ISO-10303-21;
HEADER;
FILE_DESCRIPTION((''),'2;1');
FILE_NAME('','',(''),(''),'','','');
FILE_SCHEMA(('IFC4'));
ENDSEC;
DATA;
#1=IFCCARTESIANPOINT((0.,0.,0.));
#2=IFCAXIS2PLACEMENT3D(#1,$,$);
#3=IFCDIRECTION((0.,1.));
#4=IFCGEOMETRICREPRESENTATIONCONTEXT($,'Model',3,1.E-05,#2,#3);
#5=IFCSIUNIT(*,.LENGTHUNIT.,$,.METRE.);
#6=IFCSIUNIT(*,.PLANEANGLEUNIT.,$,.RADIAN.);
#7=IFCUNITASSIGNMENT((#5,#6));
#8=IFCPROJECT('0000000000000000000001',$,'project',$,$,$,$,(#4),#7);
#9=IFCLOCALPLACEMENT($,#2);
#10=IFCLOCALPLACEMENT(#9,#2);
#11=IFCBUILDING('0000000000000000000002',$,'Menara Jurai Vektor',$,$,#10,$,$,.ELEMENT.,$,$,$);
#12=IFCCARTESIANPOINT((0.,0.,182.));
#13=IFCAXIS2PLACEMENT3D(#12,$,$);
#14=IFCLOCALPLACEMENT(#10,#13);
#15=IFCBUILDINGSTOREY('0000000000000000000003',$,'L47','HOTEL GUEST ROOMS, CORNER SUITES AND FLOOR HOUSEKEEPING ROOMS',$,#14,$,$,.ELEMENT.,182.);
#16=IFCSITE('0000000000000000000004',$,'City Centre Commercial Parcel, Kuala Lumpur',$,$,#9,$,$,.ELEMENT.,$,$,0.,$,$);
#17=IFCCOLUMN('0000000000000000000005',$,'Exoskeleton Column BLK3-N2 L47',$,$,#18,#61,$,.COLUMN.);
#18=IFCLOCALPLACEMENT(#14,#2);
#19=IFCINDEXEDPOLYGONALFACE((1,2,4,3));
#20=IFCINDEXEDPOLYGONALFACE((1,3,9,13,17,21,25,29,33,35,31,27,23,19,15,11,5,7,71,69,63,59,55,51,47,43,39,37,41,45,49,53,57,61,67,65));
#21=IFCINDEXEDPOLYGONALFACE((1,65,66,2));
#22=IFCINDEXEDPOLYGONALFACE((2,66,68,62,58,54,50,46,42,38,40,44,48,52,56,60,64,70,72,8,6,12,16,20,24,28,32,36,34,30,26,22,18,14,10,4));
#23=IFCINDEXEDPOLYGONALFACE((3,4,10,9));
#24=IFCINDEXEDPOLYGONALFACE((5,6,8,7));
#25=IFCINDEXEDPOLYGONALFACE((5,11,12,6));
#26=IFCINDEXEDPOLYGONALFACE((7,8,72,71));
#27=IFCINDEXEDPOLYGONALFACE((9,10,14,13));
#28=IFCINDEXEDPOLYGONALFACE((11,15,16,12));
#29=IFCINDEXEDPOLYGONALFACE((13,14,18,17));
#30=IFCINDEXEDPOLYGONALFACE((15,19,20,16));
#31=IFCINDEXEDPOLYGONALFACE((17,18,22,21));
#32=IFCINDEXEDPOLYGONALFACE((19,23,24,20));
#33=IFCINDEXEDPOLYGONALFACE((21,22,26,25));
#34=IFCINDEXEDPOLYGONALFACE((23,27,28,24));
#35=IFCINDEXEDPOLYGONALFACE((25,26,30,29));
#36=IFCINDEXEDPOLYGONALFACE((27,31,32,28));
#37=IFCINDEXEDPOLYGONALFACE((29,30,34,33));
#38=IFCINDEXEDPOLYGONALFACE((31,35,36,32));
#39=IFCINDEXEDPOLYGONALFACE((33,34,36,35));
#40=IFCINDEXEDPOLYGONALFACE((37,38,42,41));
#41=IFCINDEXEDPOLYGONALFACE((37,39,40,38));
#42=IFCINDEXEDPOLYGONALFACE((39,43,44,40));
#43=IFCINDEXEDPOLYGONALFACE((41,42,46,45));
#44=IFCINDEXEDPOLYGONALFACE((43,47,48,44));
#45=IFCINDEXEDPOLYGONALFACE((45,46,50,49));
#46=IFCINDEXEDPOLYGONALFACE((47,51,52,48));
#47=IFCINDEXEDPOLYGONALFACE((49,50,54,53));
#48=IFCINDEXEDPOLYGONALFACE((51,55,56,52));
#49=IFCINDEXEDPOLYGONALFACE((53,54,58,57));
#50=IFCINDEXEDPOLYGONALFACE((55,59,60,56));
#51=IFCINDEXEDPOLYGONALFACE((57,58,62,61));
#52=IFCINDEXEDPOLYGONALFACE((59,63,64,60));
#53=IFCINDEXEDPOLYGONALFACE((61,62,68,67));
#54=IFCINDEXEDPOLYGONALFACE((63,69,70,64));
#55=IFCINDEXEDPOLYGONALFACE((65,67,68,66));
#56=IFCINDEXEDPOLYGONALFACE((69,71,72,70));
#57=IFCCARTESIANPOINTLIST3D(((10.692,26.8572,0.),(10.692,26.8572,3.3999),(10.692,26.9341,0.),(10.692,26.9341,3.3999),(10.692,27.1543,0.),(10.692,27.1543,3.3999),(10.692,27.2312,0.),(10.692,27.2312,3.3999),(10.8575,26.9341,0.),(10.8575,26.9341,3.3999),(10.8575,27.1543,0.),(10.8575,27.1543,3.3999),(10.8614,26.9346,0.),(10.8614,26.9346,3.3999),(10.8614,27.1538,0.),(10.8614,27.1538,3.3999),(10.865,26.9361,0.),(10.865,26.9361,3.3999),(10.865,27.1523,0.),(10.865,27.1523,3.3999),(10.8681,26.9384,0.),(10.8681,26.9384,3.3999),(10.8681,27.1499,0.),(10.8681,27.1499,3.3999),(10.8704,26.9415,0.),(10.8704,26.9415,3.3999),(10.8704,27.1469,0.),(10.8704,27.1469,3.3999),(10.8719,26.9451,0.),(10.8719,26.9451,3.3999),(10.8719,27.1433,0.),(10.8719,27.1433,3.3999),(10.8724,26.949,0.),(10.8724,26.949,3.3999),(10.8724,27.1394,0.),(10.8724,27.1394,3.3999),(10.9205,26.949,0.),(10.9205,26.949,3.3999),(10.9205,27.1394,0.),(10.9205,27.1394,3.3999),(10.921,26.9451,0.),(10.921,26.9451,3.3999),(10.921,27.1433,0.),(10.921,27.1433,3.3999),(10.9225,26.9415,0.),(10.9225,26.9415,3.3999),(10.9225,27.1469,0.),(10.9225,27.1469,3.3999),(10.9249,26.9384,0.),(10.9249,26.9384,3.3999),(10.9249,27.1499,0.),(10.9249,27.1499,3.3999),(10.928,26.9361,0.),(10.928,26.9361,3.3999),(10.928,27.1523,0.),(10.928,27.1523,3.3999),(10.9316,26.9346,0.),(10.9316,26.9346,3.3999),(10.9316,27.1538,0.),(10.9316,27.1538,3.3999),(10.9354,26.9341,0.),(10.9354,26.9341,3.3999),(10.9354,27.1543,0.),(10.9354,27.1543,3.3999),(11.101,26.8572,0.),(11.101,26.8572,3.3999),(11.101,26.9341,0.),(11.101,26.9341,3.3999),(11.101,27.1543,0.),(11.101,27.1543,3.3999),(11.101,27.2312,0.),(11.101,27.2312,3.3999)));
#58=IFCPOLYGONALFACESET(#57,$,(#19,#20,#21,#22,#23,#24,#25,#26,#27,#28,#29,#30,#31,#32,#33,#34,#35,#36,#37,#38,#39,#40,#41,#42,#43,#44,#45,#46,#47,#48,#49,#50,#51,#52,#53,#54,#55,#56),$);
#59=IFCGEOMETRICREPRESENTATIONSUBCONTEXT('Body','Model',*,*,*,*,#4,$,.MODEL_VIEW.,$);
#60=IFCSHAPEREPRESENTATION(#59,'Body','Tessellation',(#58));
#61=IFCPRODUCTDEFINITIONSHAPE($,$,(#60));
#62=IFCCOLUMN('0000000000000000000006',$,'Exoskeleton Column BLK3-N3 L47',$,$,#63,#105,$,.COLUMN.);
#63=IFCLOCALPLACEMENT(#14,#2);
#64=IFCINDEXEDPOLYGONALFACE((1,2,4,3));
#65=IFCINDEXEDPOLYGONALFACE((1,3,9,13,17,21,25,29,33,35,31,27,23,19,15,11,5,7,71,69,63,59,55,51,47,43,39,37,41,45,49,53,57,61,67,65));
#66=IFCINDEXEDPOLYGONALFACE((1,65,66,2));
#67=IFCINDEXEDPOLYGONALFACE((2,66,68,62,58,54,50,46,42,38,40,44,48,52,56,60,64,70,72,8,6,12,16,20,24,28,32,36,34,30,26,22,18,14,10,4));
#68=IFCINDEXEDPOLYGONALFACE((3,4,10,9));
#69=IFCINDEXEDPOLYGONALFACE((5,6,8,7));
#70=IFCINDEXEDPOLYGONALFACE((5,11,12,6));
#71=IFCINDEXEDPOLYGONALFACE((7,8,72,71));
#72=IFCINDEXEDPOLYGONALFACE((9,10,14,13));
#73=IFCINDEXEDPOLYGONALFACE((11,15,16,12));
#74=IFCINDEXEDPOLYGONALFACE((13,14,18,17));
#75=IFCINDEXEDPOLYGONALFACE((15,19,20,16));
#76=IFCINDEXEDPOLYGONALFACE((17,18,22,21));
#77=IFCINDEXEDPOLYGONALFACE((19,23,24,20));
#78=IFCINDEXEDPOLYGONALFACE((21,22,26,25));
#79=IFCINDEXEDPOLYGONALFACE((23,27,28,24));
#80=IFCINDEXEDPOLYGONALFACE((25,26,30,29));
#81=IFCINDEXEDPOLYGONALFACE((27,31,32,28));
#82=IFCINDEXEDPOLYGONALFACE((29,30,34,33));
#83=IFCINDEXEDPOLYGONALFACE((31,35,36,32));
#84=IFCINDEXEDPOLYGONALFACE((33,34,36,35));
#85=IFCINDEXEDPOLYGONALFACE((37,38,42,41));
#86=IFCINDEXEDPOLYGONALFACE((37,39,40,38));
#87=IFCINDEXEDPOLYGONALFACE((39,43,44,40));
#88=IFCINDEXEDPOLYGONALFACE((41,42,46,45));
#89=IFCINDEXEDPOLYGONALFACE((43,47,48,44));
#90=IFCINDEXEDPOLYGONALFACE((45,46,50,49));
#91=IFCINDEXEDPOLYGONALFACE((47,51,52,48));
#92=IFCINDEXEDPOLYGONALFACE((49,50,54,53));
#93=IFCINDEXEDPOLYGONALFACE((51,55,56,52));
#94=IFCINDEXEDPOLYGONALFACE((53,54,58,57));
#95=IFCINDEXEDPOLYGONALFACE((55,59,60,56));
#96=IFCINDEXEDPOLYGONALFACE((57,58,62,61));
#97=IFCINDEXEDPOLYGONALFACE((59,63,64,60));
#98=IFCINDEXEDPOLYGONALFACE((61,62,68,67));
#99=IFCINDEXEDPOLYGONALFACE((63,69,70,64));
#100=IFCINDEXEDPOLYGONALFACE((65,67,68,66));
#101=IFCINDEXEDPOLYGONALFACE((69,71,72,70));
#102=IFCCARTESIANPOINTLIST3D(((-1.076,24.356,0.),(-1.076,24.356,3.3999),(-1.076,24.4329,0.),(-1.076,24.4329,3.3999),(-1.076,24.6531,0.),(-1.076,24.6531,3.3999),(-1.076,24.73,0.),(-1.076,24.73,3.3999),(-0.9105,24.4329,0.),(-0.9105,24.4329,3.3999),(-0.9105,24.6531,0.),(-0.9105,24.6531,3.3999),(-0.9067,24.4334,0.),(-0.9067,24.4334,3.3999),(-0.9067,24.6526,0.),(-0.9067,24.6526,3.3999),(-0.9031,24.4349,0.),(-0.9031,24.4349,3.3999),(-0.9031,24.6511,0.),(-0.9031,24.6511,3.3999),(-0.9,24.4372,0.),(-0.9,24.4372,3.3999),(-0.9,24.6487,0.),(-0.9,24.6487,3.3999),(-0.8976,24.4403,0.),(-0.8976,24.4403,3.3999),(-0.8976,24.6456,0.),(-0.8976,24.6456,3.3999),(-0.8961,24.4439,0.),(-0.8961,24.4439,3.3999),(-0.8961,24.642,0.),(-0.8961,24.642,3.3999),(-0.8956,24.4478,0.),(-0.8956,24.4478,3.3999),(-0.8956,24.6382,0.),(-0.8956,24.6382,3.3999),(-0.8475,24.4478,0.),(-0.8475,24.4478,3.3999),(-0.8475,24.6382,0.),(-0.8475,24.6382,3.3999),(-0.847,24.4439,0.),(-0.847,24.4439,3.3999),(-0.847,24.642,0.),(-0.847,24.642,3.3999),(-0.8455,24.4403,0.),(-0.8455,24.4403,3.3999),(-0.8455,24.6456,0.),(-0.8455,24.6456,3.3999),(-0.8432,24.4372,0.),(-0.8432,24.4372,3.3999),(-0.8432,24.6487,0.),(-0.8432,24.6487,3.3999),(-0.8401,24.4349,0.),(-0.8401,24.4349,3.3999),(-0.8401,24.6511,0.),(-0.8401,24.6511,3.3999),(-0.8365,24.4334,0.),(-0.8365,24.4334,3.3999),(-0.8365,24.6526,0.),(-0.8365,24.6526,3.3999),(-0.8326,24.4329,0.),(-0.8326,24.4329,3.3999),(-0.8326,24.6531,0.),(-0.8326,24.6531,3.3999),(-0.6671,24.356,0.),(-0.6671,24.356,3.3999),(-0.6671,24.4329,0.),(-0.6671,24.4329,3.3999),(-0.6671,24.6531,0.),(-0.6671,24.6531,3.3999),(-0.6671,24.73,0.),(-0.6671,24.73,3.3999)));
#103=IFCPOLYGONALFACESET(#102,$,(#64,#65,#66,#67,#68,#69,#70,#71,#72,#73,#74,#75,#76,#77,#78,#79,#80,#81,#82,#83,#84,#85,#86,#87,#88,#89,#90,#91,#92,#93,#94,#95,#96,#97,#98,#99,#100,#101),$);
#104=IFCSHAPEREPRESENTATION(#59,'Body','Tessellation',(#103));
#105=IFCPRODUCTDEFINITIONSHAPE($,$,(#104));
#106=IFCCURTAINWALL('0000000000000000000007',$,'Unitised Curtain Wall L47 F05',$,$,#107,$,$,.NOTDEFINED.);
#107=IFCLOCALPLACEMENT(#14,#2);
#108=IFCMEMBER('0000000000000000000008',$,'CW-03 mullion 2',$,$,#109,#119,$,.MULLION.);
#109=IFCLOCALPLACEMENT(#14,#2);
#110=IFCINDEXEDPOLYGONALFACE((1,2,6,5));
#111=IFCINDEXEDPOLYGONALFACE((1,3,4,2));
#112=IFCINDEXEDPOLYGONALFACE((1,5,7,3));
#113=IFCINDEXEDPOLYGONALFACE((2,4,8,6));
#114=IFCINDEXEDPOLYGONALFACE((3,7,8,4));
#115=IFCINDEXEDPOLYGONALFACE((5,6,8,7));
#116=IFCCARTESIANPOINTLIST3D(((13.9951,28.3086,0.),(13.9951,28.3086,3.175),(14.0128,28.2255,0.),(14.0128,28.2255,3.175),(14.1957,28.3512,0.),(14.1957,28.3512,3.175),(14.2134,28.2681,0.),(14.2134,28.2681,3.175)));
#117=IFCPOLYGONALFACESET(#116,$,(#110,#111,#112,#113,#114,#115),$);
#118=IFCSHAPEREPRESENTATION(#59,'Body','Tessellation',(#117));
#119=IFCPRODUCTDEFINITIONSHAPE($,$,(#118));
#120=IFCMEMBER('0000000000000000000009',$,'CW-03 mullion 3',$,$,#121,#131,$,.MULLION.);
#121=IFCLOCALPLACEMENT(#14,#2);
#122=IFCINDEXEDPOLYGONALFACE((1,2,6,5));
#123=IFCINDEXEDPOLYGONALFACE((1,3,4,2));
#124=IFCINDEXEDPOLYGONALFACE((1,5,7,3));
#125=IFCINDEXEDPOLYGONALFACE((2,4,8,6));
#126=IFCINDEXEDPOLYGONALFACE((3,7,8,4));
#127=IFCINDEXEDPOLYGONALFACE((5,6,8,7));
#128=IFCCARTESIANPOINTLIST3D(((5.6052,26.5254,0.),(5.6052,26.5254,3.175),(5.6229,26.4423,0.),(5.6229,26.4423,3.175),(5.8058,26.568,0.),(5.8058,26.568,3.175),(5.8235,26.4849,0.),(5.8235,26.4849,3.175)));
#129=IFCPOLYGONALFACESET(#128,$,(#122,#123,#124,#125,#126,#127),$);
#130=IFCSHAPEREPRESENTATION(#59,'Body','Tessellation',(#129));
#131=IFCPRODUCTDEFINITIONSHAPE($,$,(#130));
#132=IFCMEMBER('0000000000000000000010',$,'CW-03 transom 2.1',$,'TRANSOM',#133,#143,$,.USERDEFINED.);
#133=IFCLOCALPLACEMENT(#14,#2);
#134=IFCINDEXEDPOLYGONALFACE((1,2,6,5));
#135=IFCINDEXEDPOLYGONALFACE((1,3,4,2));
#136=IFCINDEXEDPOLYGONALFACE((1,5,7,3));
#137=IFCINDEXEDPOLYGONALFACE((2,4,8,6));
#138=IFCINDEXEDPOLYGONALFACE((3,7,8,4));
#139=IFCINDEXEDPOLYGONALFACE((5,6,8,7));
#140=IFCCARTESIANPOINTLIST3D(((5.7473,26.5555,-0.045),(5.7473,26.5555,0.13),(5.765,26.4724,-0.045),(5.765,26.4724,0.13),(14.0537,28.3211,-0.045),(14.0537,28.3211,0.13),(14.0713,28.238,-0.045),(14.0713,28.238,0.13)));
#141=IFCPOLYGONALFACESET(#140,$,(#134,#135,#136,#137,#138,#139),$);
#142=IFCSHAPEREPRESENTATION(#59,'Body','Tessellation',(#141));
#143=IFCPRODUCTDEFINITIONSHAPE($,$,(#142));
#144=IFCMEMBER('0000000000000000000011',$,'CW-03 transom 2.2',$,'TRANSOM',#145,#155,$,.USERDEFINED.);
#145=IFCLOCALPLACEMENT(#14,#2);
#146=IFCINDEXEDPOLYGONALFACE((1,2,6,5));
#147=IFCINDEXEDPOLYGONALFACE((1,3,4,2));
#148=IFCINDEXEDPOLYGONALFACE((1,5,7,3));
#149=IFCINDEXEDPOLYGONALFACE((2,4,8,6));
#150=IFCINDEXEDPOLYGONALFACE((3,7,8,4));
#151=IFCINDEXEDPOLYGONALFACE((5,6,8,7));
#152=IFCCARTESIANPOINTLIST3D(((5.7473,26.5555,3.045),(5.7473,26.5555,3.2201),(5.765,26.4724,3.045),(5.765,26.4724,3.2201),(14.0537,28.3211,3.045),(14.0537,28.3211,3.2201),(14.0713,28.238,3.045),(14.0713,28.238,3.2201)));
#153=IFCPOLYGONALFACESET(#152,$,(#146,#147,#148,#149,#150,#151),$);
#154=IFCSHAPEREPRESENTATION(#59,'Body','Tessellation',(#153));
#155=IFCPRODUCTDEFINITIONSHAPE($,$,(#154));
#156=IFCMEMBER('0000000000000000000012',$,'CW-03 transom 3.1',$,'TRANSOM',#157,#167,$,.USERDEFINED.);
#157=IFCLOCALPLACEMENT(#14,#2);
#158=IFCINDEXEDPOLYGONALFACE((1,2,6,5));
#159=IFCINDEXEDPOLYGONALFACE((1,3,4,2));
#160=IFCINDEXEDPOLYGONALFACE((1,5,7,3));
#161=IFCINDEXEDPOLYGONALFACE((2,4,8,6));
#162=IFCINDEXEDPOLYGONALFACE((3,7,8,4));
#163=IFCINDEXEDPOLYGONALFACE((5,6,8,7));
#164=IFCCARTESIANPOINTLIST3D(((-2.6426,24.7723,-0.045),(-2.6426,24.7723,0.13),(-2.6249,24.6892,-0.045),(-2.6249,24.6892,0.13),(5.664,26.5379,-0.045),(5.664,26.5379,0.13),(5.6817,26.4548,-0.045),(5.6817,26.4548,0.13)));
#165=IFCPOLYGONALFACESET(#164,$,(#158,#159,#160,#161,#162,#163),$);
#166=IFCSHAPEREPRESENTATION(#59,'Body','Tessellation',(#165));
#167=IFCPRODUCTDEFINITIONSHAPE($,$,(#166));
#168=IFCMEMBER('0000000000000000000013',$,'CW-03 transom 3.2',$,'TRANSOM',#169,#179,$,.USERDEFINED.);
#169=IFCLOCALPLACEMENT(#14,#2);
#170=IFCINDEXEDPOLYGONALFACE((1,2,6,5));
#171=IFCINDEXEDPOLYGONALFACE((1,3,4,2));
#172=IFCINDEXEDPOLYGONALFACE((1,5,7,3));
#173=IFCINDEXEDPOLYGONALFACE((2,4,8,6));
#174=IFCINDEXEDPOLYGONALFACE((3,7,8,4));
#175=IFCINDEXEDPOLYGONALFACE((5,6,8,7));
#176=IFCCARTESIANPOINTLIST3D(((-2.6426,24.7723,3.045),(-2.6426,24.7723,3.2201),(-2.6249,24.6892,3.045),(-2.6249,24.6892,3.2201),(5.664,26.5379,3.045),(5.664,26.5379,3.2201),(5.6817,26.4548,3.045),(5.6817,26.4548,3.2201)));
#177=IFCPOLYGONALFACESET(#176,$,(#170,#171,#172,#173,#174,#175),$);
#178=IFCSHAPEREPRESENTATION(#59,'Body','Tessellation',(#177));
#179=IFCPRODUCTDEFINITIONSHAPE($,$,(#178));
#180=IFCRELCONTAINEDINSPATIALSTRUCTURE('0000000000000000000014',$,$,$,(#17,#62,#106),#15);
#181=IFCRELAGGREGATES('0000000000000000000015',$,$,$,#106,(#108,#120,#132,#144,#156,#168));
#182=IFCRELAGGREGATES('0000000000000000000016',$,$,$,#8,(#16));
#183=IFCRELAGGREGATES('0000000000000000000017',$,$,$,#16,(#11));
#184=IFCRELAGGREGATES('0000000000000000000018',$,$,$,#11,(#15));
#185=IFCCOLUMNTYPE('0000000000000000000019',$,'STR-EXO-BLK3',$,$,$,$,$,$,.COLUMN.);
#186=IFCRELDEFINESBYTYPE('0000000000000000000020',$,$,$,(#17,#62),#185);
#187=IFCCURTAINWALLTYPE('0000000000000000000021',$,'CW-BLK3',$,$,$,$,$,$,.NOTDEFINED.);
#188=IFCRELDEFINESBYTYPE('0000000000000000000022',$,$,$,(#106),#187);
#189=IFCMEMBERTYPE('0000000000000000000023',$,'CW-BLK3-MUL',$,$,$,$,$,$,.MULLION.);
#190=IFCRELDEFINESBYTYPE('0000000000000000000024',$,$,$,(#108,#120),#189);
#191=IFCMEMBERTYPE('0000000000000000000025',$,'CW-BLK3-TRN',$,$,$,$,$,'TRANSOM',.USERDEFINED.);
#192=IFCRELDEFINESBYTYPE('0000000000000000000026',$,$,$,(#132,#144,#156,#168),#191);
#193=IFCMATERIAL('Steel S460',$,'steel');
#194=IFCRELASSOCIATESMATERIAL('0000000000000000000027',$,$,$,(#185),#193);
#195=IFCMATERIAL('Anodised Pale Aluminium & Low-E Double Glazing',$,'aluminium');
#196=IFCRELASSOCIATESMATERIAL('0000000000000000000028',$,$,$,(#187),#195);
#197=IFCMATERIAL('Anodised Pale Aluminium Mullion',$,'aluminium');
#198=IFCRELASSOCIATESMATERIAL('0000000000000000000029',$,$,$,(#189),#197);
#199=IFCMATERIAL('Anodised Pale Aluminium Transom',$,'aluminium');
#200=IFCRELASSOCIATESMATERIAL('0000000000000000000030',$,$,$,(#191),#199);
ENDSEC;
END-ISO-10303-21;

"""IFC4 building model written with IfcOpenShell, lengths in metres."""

from ifc_helpers import new_model, si_unit, direction, frame, origin, origin_2d, place, context, subcontext, project, spatial, rectangle, i_section, extrude, material, material_profile, profile_set, type_object, element, aggregate, save


model = new_model("IFC4")

# Units and contexts
model_context = context("Model", 3, precision=1e-05, world=origin(), true_north=direction((0.0, 1.0)))
body_context = subcontext(model_context, "Body", "Model", "MODEL_VIEW")
ifc_project = project(units=[si_unit("LENGTHUNIT", "METRE"), si_unit("PLANEANGLEUNIT", "RADIAN")], contexts=[model_context])

# Site, building, storey
site_placement = place(None, origin())
site = spatial("IfcSite", under=ifc_project, at=site_placement, Name="City Centre Commercial Parcel, Kuala Lumpur", CompositionType="ELEMENT", RefElevation=0.0)
building_placement = place(site_placement, origin())
building = spatial("IfcBuilding", under=site, at=building_placement, Name="Menara Jurai Vektor", CompositionType="ELEMENT")
storey_placement = place(building_placement, frame((0.0, 0.0, 182.0)))
storey = spatial("IfcBuildingStorey", under=building, at=storey_placement, Name="L47", Description="HOTEL GUEST ROOMS, CORNER SUITES AND FLOOR HOUSEKEEPING ROOMS", CompositionType="ELEMENT", Elevation=182.0)

# Columns
ifc_material_1 = material(Name="Steel S460", Category="steel")
ifc_material_profile_1 = material_profile(ifc_material_1, i_section(OverallWidth=0.4089, OverallDepth=0.374, WebThickness=0.0481, FlangeThickness=0.0769, FilletRadius=0.0149, at=origin_2d()), Name="HD 400x634")
ifc_profile_set_1 = profile_set([ifc_material_profile_1], Name="Steel S460")
column_type = type_object("IfcColumnType", Name="STR-EXO-BLK3", PredefinedType="COLUMN", material=ifc_profile_set_1)
for number, where, z_axis, x_axis, name in (
    (1, (10.8965, 27.0442, 0.0), (0.0, 0.0, 1.0), (1.0, 0.0, 0.0), "Exoskeleton Column BLK3-N2 L47"),
    (2, (-0.8716, 24.543, 0.0), (0.0, 0.0, 1.0), (1.0, 0.0, 0.0), "Exoskeleton Column BLK3-N3 L47"),
):
    element("IfcColumn", number, at=place(storey_placement, frame(where, z_axis=z_axis, x_axis=x_axis)), inside=storey, type_object=column_type, Name=name, PredefinedType="COLUMN", context=body_context, shape_type="SweptSolid", body=[
        extrude(i_section(OverallWidth=0.4089, OverallDepth=0.374, WebThickness=0.0481, FlangeThickness=0.0769, FilletRadius=0.0149, at=origin_2d()), origin(), (0.0, 0.0, 1.0), 3.3999),
    ])

# Curtain wall, members
ifc_material_2 = material(Name="Anodised Pale Aluminium & Low-E Double Glazing", Category="aluminium")
curtain_wall_type = type_object("IfcCurtainWallType", Name="CW-BLK3", PredefinedType="NOTDEFINED", material=ifc_material_2)
curtain_wall_placement = place(storey_placement, origin())
curtain_wall = element("IfcCurtainWall", 3, at=curtain_wall_placement, inside=storey, type_object=curtain_wall_type, Name="Unitised Curtain Wall L47 F05", PredefinedType="NOTDEFINED")
ifc_material_3 = material(Name="Anodised Pale Aluminium Mullion", Category="aluminium")
ifc_material_profile_2 = material_profile(ifc_material_3, rectangle(XDim=0.085, YDim=0.2051, at=origin_2d()), Name="ALU MUL 85x205")
ifc_profile_set_2 = profile_set([ifc_material_profile_2], Name="Anodised Pale Aluminium Mullion")
member_type_1 = type_object("IfcMemberType", Name="CW-BLK3-MUL", PredefinedType="MULLION", material=ifc_profile_set_2)
member_1_placement = place(storey_placement, frame((14.1042, 28.2883, 0.0), z_axis=(0.0, 0.0, 1.0), x_axis=(0.207911, -0.978148, 0.0)))
member_1 = element("IfcMember", 4, at=member_1_placement, type_object=member_type_1, Name="CW-03 mullion 2", PredefinedType="MULLION", context=body_context, shape_type="SweptSolid", body=[
    extrude(rectangle(XDim=0.085, YDim=0.2051, at=origin_2d()), origin(), (0.0, 0.0, 1.0), 3.175),
])
member_2_placement = place(storey_placement, frame((5.7144, 26.5051, 0.0), z_axis=(0.0, 0.0, 1.0), x_axis=(0.207911, -0.978148, 0.0)))
member_2 = element("IfcMember", 5, at=member_2_placement, type_object=member_type_1, Name="CW-03 mullion 3", PredefinedType="MULLION", context=body_context, shape_type="SweptSolid", body=[
    extrude(rectangle(XDim=0.085, YDim=0.2051, at=origin_2d()), origin(), (0.0, 0.0, 1.0), 3.175),
])
ifc_material_4 = material(Name="Anodised Pale Aluminium Transom", Category="aluminium")
ifc_material_profile_3 = material_profile(ifc_material_4, rectangle(XDim=0.085, YDim=0.175, at=origin_2d()), Name="ALU TRN 85x175")
ifc_profile_set_3 = profile_set([ifc_material_profile_3], Name="Anodised Pale Aluminium Transom")
member_type_2 = type_object("IfcMemberType", Name="CW-BLK3-TRN", ElementType="TRANSOM", PredefinedType="USERDEFINED", material=ifc_profile_set_3)
member_3_placement = place(storey_placement, frame((14.0625, 28.2795, 0.0425), z_axis=(-0.978147, -0.207917, 0.0), x_axis=(0.207917, -0.978147, 0.0)))
member_3 = element("IfcMember", 6, at=member_3_placement, type_object=member_type_2, Name="CW-03 transom 2.1", ObjectType="TRANSOM", PredefinedType="USERDEFINED", context=body_context, shape_type="SweptSolid", body=[
    extrude(rectangle(XDim=0.085, YDim=0.175, at=origin_2d()), origin(), (0.0, 0.0, 1.0), 8.4919),
])
member_4_placement = place(storey_placement, frame((14.0625, 28.2795, 3.1326), z_axis=(-0.978147, -0.207917, 0.0), x_axis=(0.207917, -0.978147, 0.0)))
member_4 = element("IfcMember", 7, at=member_4_placement, type_object=member_type_2, Name="CW-03 transom 2.2", ObjectType="TRANSOM", PredefinedType="USERDEFINED", context=body_context, shape_type="SweptSolid", body=[
    extrude(rectangle(XDim=0.085, YDim=0.175, at=origin_2d()), origin(), (0.0, 0.0, 1.0), 8.4919),
])
member_5_placement = place(storey_placement, frame((5.6729, 26.4963, 0.0425), z_axis=(-0.978148, -0.207911, 0.0), x_axis=(0.207911, -0.978148, 0.0)))
member_5 = element("IfcMember", 8, at=member_5_placement, type_object=member_type_2, Name="CW-03 transom 3.1", ObjectType="TRANSOM", PredefinedType="USERDEFINED", context=body_context, shape_type="SweptSolid", body=[
    extrude(rectangle(XDim=0.085, YDim=0.175, at=origin_2d()), origin(), (0.0, 0.0, 1.0), 8.4922),
])
member_6_placement = place(storey_placement, frame((5.6729, 26.4963, 3.1326), z_axis=(-0.978148, -0.207911, 0.0), x_axis=(0.207911, -0.978148, 0.0)))
member_6 = element("IfcMember", 9, at=member_6_placement, type_object=member_type_2, Name="CW-03 transom 3.2", ObjectType="TRANSOM", PredefinedType="USERDEFINED", context=body_context, shape_type="SweptSolid", body=[
    extrude(rectangle(XDim=0.085, YDim=0.175, at=origin_2d()), origin(), (0.0, 0.0, 1.0), 8.4922),
])

aggregate(curtain_wall, [member_1, member_2, member_3, member_4, member_5, member_6])

save(model, "model.ifc")
